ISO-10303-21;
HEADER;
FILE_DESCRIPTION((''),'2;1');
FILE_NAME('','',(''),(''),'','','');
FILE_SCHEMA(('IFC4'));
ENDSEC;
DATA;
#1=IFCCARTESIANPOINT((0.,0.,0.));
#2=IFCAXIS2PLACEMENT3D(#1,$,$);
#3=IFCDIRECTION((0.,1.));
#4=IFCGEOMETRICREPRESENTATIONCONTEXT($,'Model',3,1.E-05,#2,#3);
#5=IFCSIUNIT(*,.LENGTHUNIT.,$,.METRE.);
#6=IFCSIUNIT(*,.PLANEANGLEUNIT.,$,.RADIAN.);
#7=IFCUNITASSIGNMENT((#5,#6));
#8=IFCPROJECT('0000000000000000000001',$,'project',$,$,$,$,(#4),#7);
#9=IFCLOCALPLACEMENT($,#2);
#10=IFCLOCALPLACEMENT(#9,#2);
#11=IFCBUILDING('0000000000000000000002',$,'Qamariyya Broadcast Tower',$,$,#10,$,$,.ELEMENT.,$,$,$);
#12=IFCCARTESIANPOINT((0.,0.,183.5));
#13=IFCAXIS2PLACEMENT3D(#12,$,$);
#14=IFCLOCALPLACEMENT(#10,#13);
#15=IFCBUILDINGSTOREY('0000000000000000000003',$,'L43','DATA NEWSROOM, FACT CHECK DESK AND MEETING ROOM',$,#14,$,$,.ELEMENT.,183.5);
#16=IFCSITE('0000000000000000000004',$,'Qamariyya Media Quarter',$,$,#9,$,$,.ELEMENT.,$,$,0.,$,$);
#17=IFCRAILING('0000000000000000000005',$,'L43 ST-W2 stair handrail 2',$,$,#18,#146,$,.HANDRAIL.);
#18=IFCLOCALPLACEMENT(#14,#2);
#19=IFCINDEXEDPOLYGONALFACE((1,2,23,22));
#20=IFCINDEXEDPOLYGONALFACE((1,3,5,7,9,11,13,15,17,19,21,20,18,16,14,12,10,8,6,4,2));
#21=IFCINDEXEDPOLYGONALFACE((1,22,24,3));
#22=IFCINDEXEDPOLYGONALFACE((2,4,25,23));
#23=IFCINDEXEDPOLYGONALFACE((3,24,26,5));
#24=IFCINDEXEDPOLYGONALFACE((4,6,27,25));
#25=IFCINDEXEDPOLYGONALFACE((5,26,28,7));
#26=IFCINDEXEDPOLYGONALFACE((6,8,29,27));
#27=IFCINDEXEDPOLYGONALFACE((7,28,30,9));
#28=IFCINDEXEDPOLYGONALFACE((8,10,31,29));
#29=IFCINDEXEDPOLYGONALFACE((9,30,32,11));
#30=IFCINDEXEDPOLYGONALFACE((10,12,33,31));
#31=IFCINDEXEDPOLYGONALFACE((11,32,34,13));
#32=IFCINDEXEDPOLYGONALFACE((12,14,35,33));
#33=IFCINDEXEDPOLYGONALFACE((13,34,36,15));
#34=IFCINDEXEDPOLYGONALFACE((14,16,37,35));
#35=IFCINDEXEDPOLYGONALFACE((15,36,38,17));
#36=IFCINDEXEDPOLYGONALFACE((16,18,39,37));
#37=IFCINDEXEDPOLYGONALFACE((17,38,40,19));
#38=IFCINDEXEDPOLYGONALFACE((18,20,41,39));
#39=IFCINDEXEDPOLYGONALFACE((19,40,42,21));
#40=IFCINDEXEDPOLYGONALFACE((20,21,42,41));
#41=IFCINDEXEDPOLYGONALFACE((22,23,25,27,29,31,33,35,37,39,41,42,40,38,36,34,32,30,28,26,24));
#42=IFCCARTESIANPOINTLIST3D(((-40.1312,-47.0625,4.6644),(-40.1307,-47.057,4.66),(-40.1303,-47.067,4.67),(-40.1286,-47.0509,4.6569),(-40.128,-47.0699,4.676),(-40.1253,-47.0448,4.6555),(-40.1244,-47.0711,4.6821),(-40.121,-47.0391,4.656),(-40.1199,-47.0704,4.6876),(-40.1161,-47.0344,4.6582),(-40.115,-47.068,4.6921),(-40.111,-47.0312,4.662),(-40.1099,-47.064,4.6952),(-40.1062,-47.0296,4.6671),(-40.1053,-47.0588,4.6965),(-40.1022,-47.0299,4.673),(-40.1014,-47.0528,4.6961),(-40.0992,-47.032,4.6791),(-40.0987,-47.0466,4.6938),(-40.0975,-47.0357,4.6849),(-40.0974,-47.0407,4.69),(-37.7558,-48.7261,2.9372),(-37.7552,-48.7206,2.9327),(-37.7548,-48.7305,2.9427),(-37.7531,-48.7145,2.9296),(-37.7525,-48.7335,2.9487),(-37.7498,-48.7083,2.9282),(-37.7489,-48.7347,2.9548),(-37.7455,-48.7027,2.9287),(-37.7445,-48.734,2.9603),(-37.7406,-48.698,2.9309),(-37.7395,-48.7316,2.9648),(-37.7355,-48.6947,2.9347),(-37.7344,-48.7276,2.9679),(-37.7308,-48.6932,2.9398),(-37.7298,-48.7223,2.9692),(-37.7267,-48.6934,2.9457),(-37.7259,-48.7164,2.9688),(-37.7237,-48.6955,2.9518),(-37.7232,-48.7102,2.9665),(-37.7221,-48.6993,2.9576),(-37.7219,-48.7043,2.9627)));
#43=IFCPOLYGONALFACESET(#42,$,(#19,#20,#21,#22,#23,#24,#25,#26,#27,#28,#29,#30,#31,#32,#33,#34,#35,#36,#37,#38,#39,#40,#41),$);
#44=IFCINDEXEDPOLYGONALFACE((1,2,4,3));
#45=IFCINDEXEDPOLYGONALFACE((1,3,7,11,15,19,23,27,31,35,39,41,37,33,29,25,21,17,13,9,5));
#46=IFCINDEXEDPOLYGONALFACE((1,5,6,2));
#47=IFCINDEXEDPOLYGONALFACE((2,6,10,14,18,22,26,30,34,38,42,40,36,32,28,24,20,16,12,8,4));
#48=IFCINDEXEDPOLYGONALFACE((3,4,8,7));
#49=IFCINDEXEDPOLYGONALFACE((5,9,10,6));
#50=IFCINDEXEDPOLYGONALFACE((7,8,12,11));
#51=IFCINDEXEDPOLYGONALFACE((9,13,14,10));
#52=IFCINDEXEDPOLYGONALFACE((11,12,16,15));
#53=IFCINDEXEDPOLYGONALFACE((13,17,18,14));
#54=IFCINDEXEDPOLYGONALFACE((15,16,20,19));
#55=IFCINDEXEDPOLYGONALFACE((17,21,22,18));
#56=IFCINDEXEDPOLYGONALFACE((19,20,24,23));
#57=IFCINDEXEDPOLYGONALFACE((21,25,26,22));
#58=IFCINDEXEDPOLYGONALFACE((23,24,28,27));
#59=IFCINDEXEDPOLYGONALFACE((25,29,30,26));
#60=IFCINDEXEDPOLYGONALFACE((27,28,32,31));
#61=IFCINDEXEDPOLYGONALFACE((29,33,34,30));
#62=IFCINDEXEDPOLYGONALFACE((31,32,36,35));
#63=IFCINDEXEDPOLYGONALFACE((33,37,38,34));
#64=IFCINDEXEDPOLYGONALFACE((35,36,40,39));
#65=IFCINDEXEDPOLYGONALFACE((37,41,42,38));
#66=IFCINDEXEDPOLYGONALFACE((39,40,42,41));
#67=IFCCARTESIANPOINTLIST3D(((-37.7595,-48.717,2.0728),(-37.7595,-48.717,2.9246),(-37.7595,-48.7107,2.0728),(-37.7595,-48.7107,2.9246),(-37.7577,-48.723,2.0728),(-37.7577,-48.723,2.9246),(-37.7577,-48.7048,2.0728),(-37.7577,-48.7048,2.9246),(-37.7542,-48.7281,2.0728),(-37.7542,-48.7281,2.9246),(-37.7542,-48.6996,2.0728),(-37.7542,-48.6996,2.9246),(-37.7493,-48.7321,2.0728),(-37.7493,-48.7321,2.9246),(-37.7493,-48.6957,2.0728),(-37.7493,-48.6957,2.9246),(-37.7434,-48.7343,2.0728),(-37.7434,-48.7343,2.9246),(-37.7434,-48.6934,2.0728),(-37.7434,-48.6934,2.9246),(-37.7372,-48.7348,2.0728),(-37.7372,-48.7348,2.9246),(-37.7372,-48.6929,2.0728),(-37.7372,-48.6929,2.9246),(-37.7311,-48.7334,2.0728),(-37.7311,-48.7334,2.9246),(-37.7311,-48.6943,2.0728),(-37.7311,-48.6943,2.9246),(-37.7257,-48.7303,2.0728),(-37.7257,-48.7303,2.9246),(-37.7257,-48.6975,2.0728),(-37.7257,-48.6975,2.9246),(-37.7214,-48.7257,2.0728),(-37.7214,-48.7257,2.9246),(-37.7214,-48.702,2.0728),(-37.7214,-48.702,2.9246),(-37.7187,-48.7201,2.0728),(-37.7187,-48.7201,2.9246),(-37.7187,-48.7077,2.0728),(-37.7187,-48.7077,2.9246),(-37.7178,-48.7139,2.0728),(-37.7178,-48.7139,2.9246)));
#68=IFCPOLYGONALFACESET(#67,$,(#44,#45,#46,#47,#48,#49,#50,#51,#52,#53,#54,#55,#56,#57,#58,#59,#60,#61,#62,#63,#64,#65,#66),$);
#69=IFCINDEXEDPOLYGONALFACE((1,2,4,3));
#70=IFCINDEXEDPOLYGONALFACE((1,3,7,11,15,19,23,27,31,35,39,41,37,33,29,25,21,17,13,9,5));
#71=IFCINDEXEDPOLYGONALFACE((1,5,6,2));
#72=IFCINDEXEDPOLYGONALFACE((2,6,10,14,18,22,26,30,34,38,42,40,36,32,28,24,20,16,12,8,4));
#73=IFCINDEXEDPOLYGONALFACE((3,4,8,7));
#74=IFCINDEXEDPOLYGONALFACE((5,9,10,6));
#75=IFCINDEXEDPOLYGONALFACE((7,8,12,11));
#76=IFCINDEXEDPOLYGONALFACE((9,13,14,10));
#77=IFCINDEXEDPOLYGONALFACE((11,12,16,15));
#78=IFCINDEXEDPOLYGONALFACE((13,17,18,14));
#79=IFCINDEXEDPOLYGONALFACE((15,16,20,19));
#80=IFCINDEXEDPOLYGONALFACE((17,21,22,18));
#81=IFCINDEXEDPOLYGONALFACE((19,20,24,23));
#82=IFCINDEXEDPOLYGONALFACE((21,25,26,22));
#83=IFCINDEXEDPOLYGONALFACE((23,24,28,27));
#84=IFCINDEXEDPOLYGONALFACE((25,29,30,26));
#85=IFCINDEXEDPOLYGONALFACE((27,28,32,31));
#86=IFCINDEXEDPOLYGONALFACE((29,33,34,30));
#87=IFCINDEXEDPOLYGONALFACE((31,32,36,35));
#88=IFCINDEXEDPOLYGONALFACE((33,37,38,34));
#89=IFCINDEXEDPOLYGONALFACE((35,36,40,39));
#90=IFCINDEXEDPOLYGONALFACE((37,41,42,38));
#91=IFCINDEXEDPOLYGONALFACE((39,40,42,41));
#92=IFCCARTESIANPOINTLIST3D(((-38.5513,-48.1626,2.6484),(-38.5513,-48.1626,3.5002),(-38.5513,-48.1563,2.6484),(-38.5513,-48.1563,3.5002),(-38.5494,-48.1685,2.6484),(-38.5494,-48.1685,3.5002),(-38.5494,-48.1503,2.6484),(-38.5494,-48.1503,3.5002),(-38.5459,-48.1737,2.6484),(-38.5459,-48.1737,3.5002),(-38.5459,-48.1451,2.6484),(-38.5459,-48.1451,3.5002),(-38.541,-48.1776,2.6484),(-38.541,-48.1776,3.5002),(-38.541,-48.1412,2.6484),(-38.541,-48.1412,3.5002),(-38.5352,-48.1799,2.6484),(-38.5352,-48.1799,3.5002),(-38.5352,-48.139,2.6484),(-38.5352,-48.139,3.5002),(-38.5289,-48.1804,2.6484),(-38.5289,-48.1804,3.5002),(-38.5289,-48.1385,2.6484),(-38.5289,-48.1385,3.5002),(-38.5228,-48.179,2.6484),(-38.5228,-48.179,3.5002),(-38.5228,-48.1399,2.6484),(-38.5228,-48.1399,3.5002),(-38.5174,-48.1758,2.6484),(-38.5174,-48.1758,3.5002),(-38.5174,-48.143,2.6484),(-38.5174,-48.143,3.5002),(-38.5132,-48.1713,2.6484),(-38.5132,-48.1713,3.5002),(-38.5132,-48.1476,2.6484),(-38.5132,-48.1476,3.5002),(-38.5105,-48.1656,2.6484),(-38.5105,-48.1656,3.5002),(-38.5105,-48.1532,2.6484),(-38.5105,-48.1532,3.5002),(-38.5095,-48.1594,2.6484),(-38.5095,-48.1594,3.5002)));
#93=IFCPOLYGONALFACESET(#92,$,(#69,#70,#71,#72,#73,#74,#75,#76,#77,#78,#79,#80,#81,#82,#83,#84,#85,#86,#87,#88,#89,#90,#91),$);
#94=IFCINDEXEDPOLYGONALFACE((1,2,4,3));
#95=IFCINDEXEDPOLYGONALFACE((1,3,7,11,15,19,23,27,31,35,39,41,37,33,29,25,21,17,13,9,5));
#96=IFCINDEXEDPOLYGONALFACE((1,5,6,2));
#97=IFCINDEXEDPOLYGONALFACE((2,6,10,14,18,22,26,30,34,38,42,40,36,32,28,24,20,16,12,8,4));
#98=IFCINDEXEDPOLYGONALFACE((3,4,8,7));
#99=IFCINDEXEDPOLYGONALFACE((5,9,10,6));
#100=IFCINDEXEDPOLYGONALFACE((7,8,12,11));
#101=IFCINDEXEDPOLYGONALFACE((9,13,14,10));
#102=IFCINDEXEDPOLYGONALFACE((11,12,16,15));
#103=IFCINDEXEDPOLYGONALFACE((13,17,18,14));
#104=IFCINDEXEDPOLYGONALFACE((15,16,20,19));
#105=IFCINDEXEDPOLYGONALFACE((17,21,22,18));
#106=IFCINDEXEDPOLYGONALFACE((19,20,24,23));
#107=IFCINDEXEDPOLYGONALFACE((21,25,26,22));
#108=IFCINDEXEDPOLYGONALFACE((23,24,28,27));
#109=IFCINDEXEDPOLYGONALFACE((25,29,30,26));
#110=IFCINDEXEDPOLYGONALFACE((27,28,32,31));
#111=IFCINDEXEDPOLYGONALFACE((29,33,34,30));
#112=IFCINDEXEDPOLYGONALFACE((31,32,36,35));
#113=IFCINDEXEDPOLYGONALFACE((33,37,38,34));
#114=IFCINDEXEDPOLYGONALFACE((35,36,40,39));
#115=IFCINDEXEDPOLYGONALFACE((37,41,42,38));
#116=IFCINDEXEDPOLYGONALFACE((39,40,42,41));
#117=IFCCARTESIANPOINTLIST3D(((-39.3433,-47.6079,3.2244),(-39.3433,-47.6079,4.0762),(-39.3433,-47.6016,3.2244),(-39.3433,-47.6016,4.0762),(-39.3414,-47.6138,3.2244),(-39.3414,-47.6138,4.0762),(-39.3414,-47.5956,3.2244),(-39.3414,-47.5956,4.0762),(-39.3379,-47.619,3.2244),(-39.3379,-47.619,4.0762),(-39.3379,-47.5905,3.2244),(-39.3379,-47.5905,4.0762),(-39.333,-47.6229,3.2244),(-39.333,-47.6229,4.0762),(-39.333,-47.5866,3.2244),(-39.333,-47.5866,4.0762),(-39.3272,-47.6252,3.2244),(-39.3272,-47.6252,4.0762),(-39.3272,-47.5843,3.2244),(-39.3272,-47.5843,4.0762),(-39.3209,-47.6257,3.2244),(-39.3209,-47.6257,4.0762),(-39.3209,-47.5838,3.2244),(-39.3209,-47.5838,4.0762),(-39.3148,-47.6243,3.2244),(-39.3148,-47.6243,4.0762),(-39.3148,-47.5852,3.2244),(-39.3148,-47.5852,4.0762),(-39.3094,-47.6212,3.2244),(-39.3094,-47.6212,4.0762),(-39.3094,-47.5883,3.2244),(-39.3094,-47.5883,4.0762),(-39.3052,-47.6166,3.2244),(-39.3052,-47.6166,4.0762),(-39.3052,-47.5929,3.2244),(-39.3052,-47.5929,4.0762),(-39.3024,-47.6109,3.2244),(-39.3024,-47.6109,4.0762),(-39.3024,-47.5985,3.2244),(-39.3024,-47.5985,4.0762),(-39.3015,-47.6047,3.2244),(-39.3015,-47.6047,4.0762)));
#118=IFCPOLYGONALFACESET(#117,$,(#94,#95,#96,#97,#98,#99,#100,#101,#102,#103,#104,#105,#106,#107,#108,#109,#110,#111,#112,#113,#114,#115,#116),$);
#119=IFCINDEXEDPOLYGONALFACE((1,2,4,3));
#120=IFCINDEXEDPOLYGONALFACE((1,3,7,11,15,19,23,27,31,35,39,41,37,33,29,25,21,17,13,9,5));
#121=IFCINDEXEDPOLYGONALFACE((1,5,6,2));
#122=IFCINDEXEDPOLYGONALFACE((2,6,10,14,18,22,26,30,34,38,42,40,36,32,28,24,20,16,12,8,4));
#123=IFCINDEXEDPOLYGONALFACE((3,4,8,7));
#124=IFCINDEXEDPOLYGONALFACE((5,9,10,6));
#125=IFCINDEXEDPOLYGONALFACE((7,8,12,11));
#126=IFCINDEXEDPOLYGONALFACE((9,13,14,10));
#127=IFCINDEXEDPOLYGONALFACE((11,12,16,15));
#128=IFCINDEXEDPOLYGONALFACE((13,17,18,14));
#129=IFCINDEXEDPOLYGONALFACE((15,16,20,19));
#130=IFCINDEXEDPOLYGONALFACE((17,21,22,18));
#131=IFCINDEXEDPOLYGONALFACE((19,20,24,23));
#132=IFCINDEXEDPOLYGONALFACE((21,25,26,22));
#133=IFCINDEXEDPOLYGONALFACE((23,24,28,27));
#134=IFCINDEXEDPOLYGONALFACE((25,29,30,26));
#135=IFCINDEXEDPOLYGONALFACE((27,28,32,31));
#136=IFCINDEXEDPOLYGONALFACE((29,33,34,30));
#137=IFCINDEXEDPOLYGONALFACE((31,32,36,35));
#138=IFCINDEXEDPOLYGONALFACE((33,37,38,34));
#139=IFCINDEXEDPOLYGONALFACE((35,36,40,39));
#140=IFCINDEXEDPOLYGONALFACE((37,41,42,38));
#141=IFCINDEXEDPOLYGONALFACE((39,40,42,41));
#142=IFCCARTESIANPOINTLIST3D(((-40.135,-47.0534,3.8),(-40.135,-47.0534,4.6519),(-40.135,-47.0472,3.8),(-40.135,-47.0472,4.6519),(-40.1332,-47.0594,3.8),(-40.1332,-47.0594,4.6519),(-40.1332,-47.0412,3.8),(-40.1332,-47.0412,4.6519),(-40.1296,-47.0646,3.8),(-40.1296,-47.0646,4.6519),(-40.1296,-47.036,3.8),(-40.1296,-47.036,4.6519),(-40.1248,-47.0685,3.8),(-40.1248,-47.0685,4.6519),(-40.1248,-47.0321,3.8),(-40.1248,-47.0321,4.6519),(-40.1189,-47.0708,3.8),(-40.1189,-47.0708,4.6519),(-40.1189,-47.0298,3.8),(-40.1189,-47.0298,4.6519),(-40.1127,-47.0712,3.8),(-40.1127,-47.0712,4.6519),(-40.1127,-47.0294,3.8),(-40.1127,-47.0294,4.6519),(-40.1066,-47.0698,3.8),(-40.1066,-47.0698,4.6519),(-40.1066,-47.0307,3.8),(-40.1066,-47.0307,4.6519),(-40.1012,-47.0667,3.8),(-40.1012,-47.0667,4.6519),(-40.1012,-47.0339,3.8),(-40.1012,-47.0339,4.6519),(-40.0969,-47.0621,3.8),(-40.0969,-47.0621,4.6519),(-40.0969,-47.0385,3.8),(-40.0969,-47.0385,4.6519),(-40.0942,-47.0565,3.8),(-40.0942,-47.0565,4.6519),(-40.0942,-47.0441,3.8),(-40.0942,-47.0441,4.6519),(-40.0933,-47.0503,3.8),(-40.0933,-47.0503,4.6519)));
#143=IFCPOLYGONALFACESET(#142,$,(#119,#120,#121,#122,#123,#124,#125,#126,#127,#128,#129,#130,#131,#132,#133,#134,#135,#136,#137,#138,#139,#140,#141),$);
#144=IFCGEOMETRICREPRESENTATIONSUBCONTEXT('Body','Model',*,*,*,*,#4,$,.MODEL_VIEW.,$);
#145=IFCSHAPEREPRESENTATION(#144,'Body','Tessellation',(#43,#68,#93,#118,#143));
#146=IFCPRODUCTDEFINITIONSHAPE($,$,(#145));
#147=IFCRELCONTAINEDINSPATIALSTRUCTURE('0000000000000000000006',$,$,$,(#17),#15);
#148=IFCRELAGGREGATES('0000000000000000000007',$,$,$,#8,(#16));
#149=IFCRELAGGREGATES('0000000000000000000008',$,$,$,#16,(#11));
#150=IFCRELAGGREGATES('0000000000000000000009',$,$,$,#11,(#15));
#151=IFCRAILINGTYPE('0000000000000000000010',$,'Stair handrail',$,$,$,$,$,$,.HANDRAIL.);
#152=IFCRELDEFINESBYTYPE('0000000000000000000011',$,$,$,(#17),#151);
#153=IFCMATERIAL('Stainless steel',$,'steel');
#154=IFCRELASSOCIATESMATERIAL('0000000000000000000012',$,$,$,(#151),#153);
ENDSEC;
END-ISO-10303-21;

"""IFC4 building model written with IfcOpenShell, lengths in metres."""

from ifc_helpers import new_model, si_unit, direction, frame, origin, origin_2d, place, context, subcontext, project, spatial, circle, extrude, material, type_object, element, save


model = new_model("IFC4")

# Units and contexts
model_context = context("Model", 3, precision=1e-05, world=origin(), true_north=direction((0.0, 1.0)))
body_context = subcontext(model_context, "Body", "Model", "MODEL_VIEW")
ifc_project = project(units=[si_unit("LENGTHUNIT", "METRE"), si_unit("PLANEANGLEUNIT", "RADIAN")], contexts=[model_context])

# Site, building, storey
site_placement = place(None, origin())
site = spatial("IfcSite", under=ifc_project, at=site_placement, Name="Qamariyya Media Quarter", CompositionType="ELEMENT", RefElevation=0.0)
building_placement = place(site_placement, origin())
building = spatial("IfcBuilding", under=site, at=building_placement, Name="Qamariyya Broadcast Tower", CompositionType="ELEMENT")
storey_placement = place(building_placement, frame((0.0, 0.0, 183.5)))
storey = spatial("IfcBuildingStorey", under=building, at=storey_placement, Name="L43", Description="DATA NEWSROOM, FACT CHECK DESK AND MEETING ROOM", CompositionType="ELEMENT", Elevation=183.5)

# Railing
ifc_material_1 = material(Name="Stainless steel", Category="steel")
railing_type_1 = type_object("IfcRailingType", Name="Stair handrail", PredefinedType="HANDRAIL", material=ifc_material_1)
railing_1_placement = place(storey_placement, frame((-37.7388, -48.7139, 2.0728)))
element("IfcRailing", 1, at=railing_1_placement, inside=storey, type_object=railing_type_1, Name="L43 ST-W2 stair handrail 2", PredefinedType="HANDRAIL", context=body_context, shape_type="SweptSolid", body=[
    extrude(circle(Radius=0.0239, at=origin_2d()), frame((0.0, 0.0, 0.876), z_axis=(-0.703745, 0.492838, 0.511716), x_axis=(-0.573632, -0.819113, 0.0)), (0.0, 0.0, 1.0), 3.3755),
    extrude(circle(Radius=0.021, at=origin_2d()), origin(), (0.0, 0.0, 1.0), 0.8518),
    extrude(circle(Radius=0.021, at=origin_2d()), frame((-0.7917, 0.5544, 0.5757)), (0.0, 0.0, 1.0), 0.8518),
    extrude(circle(Radius=0.021, at=origin_2d()), frame((-1.5837, 1.1091, 1.1516)), (0.0, 0.0, 1.0), 0.8518),
    extrude(circle(Radius=0.021, at=origin_2d()), frame((-2.3755, 1.6636, 1.7273)), (0.0, 0.0, 1.0), 0.8518),
])

save(model, "model.ifc")
